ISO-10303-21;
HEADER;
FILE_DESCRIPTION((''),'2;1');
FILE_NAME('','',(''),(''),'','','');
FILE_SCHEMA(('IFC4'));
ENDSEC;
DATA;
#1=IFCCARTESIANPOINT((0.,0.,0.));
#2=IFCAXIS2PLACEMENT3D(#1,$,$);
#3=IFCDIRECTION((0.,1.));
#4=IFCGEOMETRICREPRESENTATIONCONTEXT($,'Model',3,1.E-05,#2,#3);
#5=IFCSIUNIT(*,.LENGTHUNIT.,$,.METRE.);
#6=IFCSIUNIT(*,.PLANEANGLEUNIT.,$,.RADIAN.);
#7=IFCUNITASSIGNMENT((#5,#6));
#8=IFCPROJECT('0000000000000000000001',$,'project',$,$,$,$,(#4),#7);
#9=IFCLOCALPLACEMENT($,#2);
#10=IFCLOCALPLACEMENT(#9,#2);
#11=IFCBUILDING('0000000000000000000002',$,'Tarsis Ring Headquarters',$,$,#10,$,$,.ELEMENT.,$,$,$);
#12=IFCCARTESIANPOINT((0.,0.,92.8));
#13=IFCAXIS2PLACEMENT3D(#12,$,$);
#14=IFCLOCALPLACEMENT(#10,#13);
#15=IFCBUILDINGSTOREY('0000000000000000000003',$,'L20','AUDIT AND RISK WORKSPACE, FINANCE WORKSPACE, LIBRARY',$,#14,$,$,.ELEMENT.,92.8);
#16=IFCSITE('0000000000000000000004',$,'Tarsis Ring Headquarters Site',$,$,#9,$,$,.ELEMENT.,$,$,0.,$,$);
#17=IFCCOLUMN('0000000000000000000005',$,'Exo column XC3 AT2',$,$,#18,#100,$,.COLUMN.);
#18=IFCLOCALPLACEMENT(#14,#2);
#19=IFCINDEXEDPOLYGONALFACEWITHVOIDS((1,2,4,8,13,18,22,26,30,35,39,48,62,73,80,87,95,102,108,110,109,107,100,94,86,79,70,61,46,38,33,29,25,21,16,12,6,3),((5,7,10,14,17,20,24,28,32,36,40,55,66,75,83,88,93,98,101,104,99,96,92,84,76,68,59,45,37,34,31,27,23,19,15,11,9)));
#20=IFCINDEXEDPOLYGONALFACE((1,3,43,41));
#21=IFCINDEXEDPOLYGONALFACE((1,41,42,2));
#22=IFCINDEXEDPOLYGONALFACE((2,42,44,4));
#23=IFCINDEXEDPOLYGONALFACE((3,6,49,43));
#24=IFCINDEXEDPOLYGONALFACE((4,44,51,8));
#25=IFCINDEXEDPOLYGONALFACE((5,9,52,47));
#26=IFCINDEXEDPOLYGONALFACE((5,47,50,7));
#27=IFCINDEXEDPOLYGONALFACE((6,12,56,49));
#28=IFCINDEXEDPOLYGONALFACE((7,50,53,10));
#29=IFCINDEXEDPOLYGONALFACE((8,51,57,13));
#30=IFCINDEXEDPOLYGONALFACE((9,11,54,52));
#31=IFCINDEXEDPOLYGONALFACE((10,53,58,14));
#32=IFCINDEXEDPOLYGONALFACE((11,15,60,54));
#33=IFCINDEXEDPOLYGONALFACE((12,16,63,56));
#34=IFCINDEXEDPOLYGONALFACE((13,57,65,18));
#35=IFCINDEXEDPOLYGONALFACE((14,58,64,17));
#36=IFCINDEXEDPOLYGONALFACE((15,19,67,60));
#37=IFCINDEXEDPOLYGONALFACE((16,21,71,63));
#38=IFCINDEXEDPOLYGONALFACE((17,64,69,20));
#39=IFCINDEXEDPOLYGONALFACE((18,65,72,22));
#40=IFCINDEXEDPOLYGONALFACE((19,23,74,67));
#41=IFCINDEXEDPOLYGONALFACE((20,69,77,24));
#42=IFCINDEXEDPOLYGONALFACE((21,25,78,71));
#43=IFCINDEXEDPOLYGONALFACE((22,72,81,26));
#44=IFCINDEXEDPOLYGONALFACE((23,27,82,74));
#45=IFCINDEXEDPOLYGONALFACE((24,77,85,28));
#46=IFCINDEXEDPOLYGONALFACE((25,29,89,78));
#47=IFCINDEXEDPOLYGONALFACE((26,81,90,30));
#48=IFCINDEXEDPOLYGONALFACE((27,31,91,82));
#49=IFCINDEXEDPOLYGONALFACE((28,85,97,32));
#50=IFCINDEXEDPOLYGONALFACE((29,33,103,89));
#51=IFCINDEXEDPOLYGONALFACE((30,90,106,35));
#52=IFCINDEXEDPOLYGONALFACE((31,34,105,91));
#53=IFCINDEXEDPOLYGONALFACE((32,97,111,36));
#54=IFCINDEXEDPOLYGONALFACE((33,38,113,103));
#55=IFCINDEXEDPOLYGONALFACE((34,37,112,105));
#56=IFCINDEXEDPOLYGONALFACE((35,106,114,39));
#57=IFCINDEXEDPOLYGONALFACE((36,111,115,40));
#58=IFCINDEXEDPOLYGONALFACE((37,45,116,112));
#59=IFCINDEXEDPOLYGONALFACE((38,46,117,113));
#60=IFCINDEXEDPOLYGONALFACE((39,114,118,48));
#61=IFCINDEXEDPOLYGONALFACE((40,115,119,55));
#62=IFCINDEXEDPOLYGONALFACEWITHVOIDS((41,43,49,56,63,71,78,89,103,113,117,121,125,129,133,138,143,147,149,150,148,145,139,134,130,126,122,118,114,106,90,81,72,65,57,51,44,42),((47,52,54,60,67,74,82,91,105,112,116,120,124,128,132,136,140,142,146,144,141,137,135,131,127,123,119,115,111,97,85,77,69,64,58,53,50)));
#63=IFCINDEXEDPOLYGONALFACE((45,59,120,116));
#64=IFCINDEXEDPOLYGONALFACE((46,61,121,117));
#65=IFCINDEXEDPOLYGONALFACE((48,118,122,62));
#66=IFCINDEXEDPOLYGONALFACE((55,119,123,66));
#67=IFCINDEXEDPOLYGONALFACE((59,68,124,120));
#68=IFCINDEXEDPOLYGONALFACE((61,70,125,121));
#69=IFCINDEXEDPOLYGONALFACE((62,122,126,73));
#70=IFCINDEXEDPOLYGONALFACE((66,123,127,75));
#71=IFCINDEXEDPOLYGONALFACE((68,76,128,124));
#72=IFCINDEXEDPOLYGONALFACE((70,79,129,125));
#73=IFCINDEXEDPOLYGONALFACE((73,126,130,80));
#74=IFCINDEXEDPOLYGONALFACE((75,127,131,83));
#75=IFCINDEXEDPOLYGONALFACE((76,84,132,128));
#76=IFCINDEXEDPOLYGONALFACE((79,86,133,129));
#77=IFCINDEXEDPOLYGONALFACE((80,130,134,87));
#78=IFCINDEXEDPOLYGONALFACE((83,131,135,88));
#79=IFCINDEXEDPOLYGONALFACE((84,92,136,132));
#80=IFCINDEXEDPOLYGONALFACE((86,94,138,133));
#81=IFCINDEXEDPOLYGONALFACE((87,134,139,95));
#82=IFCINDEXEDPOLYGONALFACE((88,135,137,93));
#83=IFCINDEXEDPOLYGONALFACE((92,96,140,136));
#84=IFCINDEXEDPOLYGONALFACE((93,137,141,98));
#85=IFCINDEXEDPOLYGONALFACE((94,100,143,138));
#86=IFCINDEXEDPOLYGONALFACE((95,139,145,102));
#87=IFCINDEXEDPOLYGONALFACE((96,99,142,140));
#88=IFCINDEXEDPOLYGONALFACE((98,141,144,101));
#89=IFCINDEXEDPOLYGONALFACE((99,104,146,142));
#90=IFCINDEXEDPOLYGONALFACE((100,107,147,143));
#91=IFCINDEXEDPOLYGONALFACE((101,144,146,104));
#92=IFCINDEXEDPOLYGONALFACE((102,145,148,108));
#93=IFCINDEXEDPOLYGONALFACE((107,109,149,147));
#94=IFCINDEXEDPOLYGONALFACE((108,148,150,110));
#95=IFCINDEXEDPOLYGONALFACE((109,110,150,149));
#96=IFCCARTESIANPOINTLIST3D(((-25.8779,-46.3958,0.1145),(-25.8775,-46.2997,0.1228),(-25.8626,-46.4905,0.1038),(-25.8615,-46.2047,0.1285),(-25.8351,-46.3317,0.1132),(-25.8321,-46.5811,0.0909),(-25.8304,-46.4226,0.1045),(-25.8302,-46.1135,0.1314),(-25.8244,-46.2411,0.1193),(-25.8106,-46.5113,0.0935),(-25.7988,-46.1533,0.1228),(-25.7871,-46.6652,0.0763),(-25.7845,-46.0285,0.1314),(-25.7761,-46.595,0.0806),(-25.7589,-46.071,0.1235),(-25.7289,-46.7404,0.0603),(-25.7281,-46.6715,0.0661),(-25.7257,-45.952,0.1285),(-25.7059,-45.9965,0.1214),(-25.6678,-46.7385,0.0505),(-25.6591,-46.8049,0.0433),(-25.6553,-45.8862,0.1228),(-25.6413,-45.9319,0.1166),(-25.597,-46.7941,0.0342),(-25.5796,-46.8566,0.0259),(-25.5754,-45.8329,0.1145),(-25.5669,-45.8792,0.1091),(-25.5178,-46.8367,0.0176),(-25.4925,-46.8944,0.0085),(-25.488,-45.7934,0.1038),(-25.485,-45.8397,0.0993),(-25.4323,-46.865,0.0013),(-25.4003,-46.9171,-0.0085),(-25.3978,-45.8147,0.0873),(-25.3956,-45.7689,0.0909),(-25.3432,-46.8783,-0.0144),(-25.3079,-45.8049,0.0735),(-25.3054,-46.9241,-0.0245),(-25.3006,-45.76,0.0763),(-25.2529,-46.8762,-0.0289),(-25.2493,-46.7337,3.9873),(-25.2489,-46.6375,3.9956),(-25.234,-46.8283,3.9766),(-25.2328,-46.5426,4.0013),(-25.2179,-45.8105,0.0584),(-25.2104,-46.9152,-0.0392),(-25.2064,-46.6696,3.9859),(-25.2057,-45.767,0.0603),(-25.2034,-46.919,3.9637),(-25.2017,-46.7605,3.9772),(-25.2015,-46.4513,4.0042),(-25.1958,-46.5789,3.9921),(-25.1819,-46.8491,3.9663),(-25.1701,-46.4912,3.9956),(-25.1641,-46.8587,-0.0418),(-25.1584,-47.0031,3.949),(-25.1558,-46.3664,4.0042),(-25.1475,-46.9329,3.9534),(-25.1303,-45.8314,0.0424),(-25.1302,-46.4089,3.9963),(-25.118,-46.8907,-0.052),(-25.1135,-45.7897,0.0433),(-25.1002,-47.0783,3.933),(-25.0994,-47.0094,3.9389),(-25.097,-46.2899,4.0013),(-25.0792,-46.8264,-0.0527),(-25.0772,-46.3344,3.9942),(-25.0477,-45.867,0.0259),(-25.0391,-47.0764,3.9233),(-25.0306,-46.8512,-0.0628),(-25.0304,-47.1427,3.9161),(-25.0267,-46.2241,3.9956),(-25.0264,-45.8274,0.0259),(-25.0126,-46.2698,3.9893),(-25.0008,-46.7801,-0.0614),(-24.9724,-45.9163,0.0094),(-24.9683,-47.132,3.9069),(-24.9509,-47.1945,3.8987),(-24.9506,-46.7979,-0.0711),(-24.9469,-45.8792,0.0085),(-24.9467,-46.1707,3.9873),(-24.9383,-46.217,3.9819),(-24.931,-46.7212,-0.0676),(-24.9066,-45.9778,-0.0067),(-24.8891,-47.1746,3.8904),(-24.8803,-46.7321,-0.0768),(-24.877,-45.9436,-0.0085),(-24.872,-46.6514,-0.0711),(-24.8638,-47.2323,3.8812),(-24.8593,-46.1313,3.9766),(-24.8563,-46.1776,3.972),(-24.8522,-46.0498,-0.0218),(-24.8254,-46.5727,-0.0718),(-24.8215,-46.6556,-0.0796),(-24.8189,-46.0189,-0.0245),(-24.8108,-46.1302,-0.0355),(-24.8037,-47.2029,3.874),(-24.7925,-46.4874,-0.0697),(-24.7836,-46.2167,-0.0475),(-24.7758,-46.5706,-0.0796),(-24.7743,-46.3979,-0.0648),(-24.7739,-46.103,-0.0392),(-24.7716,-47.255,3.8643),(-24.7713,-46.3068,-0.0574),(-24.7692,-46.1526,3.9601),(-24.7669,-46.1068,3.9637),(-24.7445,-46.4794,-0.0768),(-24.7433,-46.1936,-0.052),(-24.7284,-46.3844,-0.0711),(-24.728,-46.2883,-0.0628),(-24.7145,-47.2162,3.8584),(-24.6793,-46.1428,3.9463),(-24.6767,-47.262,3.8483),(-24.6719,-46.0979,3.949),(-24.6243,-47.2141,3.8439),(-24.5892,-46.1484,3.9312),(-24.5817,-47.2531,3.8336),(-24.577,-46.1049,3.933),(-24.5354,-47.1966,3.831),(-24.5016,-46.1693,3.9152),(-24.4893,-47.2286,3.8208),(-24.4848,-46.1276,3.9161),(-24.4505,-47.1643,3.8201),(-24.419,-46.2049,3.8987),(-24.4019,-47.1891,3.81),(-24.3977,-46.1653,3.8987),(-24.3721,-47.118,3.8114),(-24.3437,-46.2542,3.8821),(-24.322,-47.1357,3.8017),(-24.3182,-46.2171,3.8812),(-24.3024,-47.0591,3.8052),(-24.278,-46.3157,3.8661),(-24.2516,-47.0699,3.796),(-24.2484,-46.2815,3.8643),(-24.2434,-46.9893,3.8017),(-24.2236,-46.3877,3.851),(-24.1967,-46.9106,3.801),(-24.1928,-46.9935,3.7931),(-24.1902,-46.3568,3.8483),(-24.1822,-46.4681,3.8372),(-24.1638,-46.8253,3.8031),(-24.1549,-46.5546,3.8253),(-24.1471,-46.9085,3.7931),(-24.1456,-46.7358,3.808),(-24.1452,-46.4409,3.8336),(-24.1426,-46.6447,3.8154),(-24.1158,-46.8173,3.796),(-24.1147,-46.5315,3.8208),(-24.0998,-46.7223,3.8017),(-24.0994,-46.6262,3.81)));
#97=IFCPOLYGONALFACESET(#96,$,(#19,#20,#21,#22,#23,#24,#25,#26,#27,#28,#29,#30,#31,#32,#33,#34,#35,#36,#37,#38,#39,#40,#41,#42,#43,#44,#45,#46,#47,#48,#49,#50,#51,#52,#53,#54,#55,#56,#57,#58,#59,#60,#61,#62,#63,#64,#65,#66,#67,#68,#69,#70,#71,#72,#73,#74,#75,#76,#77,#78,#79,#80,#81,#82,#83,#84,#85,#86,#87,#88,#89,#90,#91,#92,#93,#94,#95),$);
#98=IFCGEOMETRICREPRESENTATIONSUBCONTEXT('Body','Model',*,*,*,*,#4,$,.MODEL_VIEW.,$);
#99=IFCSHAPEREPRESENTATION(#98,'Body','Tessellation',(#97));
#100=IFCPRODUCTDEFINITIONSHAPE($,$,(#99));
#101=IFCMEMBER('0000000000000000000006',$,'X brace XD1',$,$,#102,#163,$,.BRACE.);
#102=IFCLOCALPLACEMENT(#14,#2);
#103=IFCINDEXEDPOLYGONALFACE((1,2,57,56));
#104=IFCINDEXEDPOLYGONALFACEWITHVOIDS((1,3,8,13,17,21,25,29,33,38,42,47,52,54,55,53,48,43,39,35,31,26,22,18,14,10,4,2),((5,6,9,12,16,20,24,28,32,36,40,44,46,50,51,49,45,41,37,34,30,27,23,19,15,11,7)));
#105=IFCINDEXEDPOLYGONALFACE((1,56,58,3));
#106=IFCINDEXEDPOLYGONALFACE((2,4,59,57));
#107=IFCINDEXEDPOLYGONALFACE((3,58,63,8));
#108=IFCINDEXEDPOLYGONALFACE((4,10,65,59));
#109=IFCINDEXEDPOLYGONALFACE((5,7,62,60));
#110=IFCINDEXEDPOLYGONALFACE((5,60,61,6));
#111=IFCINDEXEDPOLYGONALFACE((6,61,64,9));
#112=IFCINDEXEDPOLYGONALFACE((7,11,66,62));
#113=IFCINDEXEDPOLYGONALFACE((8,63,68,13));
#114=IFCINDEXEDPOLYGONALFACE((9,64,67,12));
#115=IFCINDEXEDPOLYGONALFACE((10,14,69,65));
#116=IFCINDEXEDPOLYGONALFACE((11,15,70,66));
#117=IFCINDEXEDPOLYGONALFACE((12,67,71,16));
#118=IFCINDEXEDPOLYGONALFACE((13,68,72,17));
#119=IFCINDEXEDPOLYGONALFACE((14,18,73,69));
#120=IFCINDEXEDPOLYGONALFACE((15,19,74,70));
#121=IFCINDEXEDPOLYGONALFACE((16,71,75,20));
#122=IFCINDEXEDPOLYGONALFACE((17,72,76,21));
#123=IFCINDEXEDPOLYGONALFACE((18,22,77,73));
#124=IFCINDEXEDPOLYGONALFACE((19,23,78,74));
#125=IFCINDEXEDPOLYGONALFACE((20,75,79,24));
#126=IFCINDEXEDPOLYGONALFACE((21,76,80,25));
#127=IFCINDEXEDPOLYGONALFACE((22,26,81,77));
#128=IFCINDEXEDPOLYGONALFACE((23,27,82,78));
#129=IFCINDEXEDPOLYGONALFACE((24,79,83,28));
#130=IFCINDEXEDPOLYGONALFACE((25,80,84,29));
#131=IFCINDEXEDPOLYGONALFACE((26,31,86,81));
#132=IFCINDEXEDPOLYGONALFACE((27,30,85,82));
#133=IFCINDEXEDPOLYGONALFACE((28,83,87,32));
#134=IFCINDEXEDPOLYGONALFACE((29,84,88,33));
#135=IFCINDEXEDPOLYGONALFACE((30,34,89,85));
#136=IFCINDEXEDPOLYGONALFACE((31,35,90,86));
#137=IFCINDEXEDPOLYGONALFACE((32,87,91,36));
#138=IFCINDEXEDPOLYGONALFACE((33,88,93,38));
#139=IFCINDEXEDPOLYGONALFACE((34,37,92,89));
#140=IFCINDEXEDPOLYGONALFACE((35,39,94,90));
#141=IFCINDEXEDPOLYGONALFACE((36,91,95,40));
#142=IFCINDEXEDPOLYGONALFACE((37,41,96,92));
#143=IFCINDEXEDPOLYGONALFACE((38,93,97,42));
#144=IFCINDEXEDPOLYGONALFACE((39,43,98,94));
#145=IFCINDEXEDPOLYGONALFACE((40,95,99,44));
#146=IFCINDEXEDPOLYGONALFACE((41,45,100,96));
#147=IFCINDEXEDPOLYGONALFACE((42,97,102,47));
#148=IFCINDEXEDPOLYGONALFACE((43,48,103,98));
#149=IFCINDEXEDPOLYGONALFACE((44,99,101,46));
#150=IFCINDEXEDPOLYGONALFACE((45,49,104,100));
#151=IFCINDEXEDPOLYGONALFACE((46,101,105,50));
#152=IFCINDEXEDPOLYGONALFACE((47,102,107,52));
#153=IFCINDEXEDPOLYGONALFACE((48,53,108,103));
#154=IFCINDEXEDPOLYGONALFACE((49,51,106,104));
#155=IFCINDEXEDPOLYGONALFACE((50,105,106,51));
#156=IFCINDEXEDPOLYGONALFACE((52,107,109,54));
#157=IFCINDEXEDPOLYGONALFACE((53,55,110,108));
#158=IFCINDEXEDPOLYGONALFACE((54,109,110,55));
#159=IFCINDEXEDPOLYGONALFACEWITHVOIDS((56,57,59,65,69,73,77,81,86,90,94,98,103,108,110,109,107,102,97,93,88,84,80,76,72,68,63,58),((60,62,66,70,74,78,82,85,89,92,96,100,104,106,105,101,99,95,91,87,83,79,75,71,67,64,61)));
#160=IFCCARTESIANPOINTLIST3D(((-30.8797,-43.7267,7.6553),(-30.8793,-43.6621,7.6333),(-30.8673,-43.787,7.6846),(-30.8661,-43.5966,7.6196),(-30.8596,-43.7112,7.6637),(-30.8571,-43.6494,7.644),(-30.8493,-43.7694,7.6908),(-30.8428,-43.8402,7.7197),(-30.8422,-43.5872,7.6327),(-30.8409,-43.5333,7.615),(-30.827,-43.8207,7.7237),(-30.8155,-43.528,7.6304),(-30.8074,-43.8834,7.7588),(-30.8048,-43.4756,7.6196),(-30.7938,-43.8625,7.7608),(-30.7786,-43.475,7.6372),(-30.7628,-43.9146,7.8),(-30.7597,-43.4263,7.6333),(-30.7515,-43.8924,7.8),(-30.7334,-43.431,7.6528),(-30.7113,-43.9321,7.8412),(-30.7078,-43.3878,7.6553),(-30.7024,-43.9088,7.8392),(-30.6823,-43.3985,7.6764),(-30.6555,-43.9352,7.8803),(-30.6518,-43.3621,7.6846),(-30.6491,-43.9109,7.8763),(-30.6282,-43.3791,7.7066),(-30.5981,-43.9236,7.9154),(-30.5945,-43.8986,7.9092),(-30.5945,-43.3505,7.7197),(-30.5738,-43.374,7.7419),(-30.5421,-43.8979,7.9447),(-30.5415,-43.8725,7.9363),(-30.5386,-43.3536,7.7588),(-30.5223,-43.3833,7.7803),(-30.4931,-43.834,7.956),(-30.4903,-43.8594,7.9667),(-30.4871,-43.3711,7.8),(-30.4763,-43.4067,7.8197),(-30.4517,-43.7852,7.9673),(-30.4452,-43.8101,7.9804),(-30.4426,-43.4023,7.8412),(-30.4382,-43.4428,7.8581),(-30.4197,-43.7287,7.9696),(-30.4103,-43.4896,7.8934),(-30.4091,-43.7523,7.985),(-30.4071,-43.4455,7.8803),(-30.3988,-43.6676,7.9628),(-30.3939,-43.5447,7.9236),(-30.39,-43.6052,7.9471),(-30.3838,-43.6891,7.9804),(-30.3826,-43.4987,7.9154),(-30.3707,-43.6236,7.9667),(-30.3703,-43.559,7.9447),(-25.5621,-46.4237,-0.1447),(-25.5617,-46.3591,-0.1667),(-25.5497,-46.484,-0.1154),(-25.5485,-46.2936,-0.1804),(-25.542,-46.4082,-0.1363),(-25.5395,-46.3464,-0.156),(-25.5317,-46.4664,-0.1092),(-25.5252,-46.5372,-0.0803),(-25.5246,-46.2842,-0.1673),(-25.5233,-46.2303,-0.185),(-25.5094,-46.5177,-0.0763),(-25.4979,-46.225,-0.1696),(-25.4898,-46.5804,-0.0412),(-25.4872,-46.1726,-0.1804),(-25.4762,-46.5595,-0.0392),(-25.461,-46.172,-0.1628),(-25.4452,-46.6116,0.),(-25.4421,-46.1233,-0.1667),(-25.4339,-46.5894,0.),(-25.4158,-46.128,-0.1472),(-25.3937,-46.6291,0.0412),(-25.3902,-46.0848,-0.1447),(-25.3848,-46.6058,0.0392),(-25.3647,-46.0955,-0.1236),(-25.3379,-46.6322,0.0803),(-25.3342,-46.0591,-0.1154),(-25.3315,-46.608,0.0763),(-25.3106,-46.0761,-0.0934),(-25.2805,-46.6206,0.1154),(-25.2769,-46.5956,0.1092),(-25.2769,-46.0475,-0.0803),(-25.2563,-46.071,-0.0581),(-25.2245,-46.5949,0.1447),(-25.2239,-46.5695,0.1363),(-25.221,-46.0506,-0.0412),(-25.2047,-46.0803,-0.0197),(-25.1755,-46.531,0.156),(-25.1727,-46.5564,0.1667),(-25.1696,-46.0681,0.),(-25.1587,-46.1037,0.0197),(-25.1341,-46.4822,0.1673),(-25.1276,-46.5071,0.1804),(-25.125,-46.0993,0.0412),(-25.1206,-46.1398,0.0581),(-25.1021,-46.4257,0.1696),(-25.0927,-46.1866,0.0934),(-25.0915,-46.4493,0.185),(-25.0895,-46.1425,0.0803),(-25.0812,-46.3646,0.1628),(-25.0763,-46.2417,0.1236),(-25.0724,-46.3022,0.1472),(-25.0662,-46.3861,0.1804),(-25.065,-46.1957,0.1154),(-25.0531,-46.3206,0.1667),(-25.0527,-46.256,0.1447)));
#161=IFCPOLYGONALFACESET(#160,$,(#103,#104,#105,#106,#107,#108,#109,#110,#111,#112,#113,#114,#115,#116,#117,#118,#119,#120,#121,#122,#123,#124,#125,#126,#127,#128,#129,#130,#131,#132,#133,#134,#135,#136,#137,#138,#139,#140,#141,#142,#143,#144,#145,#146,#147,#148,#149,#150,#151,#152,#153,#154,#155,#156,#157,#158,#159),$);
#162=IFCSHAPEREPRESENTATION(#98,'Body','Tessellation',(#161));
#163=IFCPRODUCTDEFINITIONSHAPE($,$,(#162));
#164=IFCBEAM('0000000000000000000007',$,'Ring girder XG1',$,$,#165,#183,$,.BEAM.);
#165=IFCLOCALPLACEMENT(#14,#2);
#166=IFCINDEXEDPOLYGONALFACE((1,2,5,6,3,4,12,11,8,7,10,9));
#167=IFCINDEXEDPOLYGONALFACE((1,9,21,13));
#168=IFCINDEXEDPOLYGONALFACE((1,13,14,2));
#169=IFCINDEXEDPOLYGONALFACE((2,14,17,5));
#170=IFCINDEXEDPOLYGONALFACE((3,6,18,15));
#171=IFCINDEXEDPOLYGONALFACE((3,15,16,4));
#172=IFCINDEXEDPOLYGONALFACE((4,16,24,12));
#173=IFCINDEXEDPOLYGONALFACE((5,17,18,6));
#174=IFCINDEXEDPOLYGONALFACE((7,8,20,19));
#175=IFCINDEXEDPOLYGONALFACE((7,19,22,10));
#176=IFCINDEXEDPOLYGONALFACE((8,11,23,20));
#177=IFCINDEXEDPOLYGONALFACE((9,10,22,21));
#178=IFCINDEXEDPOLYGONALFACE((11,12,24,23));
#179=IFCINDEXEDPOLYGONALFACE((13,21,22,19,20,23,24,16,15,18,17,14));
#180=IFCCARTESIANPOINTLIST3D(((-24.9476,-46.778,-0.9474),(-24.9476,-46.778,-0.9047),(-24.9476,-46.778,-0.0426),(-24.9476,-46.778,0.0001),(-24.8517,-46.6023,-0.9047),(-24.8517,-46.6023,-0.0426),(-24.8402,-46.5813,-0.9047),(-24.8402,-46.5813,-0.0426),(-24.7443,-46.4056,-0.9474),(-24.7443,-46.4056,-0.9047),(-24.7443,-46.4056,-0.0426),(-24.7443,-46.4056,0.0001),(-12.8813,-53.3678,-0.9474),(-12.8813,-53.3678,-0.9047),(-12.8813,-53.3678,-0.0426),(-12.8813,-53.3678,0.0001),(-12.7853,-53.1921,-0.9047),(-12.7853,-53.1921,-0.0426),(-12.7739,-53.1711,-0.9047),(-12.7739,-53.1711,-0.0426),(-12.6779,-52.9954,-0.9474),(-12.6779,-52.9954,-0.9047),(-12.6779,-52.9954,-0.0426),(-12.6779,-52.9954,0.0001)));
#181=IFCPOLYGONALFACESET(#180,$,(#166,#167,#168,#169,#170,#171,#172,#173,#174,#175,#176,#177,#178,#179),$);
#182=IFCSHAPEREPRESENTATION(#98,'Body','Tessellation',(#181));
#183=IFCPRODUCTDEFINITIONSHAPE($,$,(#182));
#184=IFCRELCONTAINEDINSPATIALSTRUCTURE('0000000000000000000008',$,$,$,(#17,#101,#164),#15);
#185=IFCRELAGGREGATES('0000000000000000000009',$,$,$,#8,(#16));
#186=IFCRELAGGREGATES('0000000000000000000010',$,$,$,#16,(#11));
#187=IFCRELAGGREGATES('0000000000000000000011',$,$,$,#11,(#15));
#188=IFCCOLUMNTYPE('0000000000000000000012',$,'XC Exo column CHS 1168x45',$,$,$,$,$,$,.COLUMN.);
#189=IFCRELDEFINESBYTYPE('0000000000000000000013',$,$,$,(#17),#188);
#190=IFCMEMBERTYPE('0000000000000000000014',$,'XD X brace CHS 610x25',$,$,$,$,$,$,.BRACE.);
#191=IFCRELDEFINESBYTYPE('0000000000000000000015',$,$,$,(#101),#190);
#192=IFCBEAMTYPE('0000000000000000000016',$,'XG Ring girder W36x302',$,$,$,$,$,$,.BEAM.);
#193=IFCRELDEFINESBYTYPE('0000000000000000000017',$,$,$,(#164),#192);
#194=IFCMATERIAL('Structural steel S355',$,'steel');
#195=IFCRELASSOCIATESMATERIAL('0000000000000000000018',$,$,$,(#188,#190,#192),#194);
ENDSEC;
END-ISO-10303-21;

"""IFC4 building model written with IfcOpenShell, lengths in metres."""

from ifc_helpers import new_model, si_unit, direction, frame, origin, origin_2d, place, context, subcontext, project, spatial, hollow_circle, i_section, extrude, material, material_profile, profile_set, type_object, element, save


model = new_model("IFC4")

# Units and contexts
model_context = context("Model", 3, precision=1e-05, world=origin(), true_north=direction((0.0, 1.0)))
body_context = subcontext(model_context, "Body", "Model", "MODEL_VIEW")
ifc_project = project(units=[si_unit("LENGTHUNIT", "METRE"), si_unit("PLANEANGLEUNIT", "RADIAN")], contexts=[model_context])

# Site, building, storey
site_placement = place(None, origin())
site = spatial("IfcSite", under=ifc_project, at=site_placement, Name="Tarsis Ring Headquarters Site", CompositionType="ELEMENT", RefElevation=0.0)
building_placement = place(site_placement, origin())
building = spatial("IfcBuilding", under=site, at=building_placement, Name="Tarsis Ring Headquarters", CompositionType="ELEMENT")
storey_placement = place(building_placement, frame((0.0, 0.0, 92.8)))
storey = spatial("IfcBuildingStorey", under=building, at=storey_placement, Name="L20", Description="AUDIT AND RISK WORKSPACE, FINANCE WORKSPACE, LIBRARY", CompositionType="ELEMENT", Elevation=92.8)

# Column
ifc_material_1 = material(Name="Structural steel S355", Category="steel")
ifc_material_profile_1 = material_profile(ifc_material_1, hollow_circle(Radius=0.5842, WallThickness=0.0449, at=origin_2d()), Name="CHS 1168x45")
ifc_profile_set_1 = profile_set([ifc_material_profile_1], Name="Structural steel S355")
column_type = type_object("IfcColumnType", Name="XC Exo column CHS 1168x45", PredefinedType="COLUMN", material=ifc_profile_set_1)
column_placement = place(storey_placement, frame((-25.303, -46.342, 0.0259), z_axis=(0.159639, -0.085802, 0.98344), x_axis=(0.473427, 0.880833, 0.0)))
element("IfcColumn", 1, at=column_placement, inside=storey, type_object=column_type, Name="Exo column XC3 AT2", PredefinedType="COLUMN", context=body_context, shape_type="SweptSolid", body=[
    extrude(hollow_circle(Radius=0.5842, WallThickness=0.0449, at=origin_2d()), origin(), (0.0, 0.0, 1.0), 3.938),
])

# Member
ifc_material_profile_2 = material_profile(ifc_material_1, hollow_circle(Radius=0.3047, WallThickness=0.0249, at=origin_2d()), Name="CHS 610x25")
ifc_profile_set_2 = profile_set([ifc_material_profile_2], Name="Structural steel S355")
member_type = type_object("IfcMemberType", Name="XD X brace CHS 610x25", PredefinedType="BRACE", material=ifc_profile_set_2)
member_placement = place(storey_placement, frame((-25.3074, -46.3398, 0.0), z_axis=(-0.541624, 0.274704, 0.794469), x_axis=(-0.452333, -0.891849, 0.0)))
element("IfcMember", 2, at=member_placement, inside=storey, type_object=member_type, Name="X brace XD1", PredefinedType="BRACE", context=body_context, shape_type="SweptSolid", body=[
    extrude(hollow_circle(Radius=0.3047, WallThickness=0.0249, at=origin_2d()), origin(), (0.0, 0.0, 1.0), 9.8179),
])

# Beam
ifc_material_profile_3 = material_profile(ifc_material_1, i_section(OverallWidth=0.4243, OverallDepth=0.9475, WebThickness=0.0239, FlangeThickness=0.0427, at=origin_2d()), Name="W36x302")
ifc_profile_set_3 = profile_set([ifc_material_profile_3], Name="Structural steel S355")
beam_type = type_object("IfcBeamType", Name="XG Ring girder W36x302", PredefinedType="BEAM", material=ifc_profile_set_3)
beam_placement = place(storey_placement, frame((-24.8459, -46.5918, -0.4736), z_axis=(0.877646, -0.47931, 0.0), x_axis=(0.47931, 0.877646, 0.0)))
element("IfcBeam", 3, at=beam_placement, inside=storey, type_object=beam_type, Name="Ring girder XG1", PredefinedType="BEAM", context=body_context, shape_type="SweptSolid", body=[
    extrude(i_section(OverallWidth=0.4243, OverallDepth=0.9475, WebThickness=0.0239, FlangeThickness=0.0427, at=origin_2d()), origin(), (0.0, 0.0, 1.0), 13.7485),
])

save(model, "model.ifc")
